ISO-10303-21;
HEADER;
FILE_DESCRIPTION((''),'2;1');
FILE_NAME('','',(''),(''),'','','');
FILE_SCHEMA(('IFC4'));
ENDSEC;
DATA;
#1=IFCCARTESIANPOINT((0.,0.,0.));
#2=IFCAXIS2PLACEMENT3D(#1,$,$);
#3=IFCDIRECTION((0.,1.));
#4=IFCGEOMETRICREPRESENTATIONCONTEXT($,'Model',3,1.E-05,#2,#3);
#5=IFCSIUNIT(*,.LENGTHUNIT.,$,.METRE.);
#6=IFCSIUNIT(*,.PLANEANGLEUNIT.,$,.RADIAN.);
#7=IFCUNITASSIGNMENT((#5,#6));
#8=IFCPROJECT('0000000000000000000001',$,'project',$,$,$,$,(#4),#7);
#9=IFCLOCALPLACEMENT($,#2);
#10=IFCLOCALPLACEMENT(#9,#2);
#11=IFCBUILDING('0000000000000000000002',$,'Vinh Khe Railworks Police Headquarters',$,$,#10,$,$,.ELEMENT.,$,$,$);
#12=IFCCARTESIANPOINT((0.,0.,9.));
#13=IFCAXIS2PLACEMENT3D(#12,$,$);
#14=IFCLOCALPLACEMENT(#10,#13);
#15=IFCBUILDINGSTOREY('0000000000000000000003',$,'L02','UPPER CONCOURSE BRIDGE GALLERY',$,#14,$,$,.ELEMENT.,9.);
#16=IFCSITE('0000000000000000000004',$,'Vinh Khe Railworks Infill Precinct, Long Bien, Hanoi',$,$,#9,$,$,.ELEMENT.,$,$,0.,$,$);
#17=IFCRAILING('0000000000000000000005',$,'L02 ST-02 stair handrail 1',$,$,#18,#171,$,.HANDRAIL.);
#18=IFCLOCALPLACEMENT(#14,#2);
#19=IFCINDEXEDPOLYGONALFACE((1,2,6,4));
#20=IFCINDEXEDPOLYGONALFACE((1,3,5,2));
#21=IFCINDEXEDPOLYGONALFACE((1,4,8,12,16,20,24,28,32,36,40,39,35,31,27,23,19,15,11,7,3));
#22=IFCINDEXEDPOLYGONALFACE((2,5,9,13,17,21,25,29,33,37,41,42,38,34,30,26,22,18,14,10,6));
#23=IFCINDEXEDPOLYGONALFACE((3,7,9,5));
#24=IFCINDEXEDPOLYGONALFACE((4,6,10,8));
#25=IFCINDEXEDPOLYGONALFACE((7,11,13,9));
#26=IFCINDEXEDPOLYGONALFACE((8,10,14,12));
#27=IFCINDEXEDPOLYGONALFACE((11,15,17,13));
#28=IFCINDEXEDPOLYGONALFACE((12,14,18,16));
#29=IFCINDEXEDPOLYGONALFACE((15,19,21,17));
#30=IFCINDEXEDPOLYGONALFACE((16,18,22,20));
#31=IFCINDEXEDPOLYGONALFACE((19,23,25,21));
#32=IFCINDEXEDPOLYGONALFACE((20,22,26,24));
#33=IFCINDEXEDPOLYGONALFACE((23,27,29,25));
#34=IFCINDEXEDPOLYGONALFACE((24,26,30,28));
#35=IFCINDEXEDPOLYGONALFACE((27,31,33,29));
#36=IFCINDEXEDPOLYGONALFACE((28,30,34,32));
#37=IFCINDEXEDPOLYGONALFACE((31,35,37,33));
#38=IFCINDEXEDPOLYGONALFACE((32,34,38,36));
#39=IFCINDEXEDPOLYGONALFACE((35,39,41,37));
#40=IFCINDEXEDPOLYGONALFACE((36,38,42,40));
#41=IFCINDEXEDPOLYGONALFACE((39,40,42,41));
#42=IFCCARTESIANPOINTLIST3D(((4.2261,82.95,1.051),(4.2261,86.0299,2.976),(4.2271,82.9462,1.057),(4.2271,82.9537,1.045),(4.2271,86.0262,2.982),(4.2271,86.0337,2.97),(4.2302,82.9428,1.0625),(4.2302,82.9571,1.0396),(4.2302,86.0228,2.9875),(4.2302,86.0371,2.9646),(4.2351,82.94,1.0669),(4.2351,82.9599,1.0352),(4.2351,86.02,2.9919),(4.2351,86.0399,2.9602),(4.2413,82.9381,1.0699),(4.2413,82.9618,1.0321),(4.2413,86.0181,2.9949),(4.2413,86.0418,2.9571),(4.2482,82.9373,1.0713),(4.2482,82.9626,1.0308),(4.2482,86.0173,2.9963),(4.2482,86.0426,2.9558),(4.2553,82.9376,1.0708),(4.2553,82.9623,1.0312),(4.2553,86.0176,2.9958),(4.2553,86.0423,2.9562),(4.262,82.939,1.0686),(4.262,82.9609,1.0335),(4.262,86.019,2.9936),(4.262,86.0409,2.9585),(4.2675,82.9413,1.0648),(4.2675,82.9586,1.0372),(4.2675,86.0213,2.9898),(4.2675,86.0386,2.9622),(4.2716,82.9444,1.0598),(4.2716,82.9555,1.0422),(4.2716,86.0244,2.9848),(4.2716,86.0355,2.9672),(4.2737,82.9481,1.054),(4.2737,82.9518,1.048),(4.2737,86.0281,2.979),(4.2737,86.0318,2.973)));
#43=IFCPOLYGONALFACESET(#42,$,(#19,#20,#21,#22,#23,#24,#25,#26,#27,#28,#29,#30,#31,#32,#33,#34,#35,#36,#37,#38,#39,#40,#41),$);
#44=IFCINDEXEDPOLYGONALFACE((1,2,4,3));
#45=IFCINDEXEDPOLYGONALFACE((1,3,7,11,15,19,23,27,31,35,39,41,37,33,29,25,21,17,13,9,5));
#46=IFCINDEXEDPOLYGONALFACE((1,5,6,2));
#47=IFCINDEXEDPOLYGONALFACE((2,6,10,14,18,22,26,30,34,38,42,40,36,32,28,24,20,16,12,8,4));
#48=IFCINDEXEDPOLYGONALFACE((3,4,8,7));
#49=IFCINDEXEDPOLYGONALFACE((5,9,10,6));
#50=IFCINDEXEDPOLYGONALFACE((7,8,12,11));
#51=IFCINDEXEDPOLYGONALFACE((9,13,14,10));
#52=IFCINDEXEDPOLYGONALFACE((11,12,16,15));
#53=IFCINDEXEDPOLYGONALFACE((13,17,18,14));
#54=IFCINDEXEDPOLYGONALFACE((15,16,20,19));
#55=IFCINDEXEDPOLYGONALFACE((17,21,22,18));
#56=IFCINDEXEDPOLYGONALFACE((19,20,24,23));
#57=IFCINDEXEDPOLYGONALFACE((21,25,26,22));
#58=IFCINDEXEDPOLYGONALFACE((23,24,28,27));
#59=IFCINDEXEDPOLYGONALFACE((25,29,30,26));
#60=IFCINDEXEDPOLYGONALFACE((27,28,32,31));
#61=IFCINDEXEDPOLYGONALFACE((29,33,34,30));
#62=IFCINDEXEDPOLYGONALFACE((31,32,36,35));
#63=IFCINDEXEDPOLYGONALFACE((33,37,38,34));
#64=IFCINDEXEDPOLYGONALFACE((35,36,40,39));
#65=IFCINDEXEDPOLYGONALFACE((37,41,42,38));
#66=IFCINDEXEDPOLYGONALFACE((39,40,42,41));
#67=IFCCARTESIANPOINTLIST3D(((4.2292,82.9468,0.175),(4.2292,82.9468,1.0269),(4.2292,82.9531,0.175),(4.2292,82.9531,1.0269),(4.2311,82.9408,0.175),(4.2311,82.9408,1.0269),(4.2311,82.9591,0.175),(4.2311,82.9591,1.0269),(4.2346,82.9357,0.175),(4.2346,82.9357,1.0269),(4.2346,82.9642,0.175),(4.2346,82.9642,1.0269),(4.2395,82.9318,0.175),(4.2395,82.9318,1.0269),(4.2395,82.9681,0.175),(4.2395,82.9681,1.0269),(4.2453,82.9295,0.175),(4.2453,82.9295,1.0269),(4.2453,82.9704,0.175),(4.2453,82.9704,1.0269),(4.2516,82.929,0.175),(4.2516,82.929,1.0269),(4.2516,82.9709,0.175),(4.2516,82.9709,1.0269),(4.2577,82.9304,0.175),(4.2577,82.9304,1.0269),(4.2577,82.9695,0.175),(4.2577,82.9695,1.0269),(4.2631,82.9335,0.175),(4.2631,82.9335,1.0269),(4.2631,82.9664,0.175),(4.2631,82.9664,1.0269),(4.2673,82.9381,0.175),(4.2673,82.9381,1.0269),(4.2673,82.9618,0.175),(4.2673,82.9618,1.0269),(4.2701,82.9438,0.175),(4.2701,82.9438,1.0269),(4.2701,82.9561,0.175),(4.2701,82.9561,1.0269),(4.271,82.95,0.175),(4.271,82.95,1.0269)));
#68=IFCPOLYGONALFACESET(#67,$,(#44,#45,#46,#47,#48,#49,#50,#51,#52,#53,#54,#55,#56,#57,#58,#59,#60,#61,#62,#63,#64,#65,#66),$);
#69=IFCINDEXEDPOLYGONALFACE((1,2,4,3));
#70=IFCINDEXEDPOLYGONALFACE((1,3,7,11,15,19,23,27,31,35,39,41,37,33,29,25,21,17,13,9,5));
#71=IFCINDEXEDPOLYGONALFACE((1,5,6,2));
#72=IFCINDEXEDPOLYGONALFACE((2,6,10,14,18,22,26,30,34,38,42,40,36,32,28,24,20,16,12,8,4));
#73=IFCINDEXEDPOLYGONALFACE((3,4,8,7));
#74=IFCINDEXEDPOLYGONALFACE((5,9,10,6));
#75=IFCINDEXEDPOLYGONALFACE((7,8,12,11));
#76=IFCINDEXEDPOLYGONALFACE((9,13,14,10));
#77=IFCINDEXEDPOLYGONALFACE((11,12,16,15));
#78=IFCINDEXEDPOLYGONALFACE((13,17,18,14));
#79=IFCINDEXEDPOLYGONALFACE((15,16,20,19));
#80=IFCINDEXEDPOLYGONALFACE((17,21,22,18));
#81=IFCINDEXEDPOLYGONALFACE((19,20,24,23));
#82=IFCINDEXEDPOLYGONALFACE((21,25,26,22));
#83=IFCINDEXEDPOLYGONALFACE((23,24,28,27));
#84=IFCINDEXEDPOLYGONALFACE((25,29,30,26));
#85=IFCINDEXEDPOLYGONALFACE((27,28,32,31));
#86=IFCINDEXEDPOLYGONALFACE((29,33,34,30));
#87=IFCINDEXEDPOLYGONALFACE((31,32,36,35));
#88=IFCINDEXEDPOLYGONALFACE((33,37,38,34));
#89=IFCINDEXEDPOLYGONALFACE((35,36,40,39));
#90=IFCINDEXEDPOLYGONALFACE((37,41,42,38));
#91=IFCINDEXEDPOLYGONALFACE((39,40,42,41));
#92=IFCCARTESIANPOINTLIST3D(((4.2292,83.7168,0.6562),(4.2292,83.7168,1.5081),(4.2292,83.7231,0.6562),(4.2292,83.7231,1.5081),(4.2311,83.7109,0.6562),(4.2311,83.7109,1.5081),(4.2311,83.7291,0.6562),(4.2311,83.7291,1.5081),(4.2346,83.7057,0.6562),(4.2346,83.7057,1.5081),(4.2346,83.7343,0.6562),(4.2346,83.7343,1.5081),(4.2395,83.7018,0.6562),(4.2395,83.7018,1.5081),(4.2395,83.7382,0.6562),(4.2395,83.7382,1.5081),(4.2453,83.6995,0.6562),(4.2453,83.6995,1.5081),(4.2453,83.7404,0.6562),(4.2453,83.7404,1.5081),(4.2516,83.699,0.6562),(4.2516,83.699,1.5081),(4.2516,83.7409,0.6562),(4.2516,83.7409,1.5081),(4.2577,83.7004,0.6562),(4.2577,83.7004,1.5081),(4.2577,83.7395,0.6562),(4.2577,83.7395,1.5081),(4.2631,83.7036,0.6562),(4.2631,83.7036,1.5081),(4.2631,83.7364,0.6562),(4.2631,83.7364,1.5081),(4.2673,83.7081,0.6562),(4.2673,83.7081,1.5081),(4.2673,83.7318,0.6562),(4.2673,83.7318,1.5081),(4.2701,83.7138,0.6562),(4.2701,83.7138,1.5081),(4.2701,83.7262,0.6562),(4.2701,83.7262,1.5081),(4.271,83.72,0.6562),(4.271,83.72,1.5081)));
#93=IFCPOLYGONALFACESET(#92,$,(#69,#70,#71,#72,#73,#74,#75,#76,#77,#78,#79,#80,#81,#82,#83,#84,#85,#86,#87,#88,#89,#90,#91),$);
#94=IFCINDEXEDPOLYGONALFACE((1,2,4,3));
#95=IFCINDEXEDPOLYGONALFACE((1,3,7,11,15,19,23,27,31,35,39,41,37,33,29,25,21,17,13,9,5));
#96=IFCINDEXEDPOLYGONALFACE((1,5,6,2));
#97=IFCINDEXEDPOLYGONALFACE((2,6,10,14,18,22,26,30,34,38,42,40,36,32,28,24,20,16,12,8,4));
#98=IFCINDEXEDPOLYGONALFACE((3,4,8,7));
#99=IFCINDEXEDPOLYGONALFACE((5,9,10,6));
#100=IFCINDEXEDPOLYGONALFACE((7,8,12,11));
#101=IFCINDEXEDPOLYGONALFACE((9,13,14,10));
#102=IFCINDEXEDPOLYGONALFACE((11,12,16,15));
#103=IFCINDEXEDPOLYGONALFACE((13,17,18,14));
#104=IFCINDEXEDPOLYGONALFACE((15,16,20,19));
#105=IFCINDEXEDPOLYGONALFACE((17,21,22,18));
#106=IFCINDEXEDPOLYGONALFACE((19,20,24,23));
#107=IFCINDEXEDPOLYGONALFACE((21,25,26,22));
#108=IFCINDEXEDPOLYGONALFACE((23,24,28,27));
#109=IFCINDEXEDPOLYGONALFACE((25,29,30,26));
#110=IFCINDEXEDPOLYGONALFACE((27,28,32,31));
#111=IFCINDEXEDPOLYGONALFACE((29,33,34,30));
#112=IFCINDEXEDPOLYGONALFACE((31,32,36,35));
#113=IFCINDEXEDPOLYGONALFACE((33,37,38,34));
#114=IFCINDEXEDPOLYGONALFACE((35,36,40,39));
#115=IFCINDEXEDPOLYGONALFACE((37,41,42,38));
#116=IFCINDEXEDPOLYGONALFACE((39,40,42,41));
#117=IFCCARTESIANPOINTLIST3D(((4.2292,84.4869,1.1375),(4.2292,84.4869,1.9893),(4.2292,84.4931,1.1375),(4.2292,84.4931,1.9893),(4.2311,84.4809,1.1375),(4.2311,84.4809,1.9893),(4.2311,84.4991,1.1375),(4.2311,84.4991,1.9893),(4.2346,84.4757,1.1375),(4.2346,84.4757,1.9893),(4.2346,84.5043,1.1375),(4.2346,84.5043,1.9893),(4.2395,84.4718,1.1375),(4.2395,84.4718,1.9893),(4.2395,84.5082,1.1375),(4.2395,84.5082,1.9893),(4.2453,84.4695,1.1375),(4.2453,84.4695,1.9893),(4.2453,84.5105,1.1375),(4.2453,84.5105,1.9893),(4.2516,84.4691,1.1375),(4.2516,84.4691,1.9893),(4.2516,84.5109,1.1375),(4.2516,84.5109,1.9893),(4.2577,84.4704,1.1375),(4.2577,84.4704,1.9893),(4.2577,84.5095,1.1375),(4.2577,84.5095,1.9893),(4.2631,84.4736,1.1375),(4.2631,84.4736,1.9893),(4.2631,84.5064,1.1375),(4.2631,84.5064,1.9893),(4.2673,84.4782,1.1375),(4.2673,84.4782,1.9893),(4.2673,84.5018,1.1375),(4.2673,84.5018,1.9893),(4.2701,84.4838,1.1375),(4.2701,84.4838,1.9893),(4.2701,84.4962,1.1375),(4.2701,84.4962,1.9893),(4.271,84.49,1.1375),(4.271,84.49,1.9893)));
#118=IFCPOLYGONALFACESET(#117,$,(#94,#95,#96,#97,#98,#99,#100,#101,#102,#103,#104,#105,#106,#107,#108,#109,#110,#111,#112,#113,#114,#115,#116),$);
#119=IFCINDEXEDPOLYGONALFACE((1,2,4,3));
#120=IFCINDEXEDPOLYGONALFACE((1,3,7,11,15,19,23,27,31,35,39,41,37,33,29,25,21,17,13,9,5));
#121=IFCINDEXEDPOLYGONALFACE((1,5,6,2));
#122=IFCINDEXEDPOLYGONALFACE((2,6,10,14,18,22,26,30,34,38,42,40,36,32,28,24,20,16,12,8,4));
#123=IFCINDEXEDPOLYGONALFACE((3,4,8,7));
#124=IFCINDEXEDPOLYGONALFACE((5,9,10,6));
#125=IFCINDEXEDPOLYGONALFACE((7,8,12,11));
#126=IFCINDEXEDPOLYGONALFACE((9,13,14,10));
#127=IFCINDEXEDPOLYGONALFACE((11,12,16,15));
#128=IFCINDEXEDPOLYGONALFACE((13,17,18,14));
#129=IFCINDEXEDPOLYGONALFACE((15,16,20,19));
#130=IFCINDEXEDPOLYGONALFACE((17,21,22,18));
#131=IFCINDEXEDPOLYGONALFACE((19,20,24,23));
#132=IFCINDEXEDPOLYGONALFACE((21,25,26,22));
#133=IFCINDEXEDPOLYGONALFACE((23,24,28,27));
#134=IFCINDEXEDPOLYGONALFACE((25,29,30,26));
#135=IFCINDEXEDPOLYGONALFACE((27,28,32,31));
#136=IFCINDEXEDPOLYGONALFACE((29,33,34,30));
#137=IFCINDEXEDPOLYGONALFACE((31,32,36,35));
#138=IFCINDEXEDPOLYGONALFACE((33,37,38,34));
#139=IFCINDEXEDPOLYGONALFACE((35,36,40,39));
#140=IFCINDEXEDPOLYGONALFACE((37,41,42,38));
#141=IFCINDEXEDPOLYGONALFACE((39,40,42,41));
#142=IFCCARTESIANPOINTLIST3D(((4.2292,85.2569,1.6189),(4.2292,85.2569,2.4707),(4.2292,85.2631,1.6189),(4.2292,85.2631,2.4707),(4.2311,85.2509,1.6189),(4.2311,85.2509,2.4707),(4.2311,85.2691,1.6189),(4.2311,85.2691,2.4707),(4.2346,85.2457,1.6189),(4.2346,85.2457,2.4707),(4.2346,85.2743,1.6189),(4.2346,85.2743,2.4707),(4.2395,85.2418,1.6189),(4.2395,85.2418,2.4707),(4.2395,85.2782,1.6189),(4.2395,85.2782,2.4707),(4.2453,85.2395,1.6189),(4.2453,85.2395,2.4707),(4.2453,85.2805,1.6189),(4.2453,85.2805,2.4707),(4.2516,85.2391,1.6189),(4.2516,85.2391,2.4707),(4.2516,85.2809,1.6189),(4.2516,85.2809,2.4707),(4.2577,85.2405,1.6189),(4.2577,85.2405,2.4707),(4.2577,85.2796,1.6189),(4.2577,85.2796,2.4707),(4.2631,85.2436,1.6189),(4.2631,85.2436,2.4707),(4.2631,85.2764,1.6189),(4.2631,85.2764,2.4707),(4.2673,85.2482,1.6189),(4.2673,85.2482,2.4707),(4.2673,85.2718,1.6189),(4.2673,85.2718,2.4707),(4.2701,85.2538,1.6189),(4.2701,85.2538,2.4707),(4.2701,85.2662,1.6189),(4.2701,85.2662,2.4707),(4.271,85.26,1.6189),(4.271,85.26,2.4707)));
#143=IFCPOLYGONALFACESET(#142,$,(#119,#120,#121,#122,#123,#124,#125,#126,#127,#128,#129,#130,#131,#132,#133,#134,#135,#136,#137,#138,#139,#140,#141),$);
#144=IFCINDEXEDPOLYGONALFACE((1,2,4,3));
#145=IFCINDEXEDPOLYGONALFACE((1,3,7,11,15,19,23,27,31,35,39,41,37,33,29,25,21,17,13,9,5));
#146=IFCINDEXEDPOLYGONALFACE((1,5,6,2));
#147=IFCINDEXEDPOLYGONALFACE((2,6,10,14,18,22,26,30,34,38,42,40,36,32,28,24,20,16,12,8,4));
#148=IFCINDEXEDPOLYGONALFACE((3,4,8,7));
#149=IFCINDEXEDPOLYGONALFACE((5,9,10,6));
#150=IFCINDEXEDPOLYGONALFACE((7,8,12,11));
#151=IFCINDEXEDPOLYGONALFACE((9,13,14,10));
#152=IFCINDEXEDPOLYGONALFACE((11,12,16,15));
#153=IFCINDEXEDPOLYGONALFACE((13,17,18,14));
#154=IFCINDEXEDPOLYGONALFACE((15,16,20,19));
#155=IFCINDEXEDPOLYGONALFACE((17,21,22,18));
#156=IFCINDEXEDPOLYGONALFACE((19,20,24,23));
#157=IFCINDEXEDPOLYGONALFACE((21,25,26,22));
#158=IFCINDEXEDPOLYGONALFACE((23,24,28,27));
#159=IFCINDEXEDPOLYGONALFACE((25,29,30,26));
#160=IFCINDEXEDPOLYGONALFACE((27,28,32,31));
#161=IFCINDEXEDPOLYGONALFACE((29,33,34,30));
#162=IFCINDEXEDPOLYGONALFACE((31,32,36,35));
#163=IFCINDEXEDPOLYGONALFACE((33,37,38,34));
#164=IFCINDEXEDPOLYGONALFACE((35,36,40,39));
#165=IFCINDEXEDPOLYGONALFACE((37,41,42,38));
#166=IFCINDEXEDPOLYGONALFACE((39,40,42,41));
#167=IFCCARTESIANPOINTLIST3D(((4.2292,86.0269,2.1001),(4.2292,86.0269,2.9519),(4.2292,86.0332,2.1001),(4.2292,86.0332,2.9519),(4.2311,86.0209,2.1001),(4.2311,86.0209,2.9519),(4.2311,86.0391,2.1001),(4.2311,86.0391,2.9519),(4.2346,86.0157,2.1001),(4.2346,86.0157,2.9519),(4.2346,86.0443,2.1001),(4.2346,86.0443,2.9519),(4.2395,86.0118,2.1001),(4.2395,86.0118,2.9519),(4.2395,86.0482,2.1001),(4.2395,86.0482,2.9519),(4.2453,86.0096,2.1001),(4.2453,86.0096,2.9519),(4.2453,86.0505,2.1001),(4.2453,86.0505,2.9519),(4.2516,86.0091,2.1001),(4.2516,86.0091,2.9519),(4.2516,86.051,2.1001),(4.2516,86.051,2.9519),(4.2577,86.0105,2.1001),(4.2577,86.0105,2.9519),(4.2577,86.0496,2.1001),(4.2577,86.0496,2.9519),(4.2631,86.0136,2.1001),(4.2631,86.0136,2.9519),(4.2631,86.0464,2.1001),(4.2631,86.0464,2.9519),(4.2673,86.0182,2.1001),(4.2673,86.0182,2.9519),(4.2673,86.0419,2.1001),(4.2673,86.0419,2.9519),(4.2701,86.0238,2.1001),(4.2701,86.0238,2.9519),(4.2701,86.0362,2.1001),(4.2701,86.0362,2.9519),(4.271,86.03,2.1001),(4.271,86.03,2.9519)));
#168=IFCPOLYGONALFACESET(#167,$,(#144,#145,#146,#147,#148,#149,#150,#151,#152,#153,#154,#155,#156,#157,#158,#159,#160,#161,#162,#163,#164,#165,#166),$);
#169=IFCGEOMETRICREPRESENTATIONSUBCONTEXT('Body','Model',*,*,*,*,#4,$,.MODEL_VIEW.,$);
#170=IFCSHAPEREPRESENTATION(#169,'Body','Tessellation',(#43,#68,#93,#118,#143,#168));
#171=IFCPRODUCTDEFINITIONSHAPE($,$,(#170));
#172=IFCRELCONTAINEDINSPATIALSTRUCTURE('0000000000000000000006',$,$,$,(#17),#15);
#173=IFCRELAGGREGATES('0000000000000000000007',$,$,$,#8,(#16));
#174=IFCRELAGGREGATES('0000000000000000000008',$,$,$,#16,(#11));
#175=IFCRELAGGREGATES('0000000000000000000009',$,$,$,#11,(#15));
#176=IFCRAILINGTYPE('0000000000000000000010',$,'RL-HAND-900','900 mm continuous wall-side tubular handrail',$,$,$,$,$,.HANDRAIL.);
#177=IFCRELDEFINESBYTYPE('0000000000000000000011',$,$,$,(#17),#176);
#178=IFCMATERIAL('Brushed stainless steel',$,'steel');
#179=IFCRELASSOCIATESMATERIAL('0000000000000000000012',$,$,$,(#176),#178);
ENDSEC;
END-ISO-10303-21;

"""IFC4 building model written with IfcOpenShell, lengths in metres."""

from ifc_helpers import new_model, si_unit, direction, frame, origin, origin_2d, place, context, subcontext, project, spatial, circle, extrude, material, type_object, element, save


model = new_model("IFC4")

# Units and contexts
model_context = context("Model", 3, precision=1e-05, world=origin(), true_north=direction((0.0, 1.0)))
body_context = subcontext(model_context, "Body", "Model", "MODEL_VIEW")
ifc_project = project(units=[si_unit("LENGTHUNIT", "METRE"), si_unit("PLANEANGLEUNIT", "RADIAN")], contexts=[model_context])

# Site, building, storey
site_placement = place(None, origin())
site = spatial("IfcSite", under=ifc_project, at=site_placement, Name="Vinh Khe Railworks Infill Precinct, Long Bien, Hanoi", CompositionType="ELEMENT", RefElevation=0.0)
building_placement = place(site_placement, origin())
building = spatial("IfcBuilding", under=site, at=building_placement, Name="Vinh Khe Railworks Police Headquarters", CompositionType="ELEMENT")
storey_placement = place(building_placement, frame((0.0, 0.0, 9.0)))
storey = spatial("IfcBuildingStorey", under=building, at=storey_placement, Name="L02", Description="UPPER CONCOURSE BRIDGE GALLERY", CompositionType="ELEMENT", Elevation=9.0)

# Railing
ifc_material_1 = material(Name="Brushed stainless steel", Category="steel")
railing_type_1 = type_object("IfcRailingType", Name="RL-HAND-900", Description="900 mm continuous wall-side tubular handrail", PredefinedType="HANDRAIL", material=ifc_material_1)
railing_1_placement = place(storey_placement, frame((4.25, 82.95, 0.175)))
element("IfcRailing", 1, at=railing_1_placement, inside=storey, type_object=railing_type_1, Name="L02 ST-02 stair handrail 1", PredefinedType="HANDRAIL", context=body_context, shape_type="SweptSolid", body=[
    extrude(circle(Radius=0.0239, at=origin_2d()), frame((0.0, 0.0, 0.876), z_axis=(0.0, 0.847998, 0.529999), x_axis=(-1.0, 0.0, 0.0)), (0.0, 0.0, 1.0), 3.6321),
    extrude(circle(Radius=0.021, at=origin_2d()), origin(), (0.0, 0.0, 1.0), 0.8518),
    extrude(circle(Radius=0.021, at=origin_2d()), frame((0.0, 0.77, 0.4812)), (0.0, 0.0, 1.0), 0.8518),
    extrude(circle(Radius=0.021, at=origin_2d()), frame((0.0, 1.54, 0.9624)), (0.0, 0.0, 1.0), 0.8518),
    extrude(circle(Radius=0.021, at=origin_2d()), frame((0.0, 2.3101, 1.4438)), (0.0, 0.0, 1.0), 0.8518),
    extrude(circle(Radius=0.021, at=origin_2d()), frame((0.0, 3.0801, 1.925)), (0.0, 0.0, 1.0), 0.8518),
])

save(model, "model.ifc")
